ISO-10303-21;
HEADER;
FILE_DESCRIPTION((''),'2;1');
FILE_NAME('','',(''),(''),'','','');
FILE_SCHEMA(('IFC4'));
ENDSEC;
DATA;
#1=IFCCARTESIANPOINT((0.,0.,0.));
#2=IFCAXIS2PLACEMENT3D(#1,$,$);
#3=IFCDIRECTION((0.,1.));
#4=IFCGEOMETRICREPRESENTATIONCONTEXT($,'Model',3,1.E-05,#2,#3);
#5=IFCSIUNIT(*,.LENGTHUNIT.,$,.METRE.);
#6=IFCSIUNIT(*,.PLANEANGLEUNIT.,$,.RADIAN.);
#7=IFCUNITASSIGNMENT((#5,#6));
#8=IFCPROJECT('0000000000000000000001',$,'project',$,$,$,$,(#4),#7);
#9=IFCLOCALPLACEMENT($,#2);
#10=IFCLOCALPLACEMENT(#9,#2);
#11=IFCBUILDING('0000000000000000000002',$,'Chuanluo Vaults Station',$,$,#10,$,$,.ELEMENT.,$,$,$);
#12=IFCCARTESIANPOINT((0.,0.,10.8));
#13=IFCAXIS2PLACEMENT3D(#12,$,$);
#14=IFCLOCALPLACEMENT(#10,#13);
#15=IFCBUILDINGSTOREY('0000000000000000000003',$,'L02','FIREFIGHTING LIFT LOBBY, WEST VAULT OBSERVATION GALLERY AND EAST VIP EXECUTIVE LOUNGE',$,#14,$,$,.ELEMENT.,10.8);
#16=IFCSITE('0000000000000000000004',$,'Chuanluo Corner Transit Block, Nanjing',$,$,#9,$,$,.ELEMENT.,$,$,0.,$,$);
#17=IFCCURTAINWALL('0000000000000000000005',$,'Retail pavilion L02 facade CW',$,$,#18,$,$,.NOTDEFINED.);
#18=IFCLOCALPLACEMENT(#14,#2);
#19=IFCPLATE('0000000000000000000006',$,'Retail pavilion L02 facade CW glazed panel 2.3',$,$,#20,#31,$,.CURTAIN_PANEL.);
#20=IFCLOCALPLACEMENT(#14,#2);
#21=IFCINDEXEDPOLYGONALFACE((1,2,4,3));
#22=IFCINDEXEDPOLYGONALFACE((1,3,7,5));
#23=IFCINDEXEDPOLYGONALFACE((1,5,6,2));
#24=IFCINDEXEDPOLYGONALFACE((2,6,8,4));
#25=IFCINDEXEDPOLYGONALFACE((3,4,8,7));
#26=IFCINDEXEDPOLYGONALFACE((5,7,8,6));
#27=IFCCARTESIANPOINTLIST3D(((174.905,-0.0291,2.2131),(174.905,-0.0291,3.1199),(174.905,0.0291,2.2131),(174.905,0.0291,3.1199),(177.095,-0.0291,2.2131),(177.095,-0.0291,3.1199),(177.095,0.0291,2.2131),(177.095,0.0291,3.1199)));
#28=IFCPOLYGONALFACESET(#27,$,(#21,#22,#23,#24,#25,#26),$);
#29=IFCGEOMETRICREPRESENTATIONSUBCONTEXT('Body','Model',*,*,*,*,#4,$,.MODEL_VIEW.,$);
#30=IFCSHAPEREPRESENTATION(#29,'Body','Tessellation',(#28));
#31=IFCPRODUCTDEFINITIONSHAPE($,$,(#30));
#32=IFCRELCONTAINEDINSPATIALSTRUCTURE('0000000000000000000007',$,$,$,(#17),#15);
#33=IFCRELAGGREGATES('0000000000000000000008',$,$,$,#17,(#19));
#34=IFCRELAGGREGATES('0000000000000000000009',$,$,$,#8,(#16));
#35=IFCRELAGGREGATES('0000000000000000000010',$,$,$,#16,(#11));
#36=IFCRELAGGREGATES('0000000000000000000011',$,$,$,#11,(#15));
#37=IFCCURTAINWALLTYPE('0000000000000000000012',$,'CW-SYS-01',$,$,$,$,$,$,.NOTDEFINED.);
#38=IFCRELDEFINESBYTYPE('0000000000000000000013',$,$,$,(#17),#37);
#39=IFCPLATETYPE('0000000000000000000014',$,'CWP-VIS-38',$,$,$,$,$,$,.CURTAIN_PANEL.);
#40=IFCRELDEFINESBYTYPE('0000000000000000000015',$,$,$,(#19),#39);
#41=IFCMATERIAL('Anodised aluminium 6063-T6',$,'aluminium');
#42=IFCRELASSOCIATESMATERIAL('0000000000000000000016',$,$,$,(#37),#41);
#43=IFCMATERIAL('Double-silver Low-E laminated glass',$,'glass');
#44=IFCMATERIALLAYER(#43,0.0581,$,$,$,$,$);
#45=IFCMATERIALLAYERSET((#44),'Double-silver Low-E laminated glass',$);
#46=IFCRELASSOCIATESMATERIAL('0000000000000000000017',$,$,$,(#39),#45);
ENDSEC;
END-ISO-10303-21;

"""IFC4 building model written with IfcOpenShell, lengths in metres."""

from ifc_helpers import new_model, si_unit, direction, frame, origin, origin_2d, place, context, subcontext, project, spatial, rectangle, extrude, material, layer, layer_set, type_object, element, aggregate, save


model = new_model("IFC4")

# Units and contexts
model_context = context("Model", 3, precision=1e-05, world=origin(), true_north=direction((0.0, 1.0)))
body_context = subcontext(model_context, "Body", "Model", "MODEL_VIEW")
ifc_project = project(units=[si_unit("LENGTHUNIT", "METRE"), si_unit("PLANEANGLEUNIT", "RADIAN")], contexts=[model_context])

# Site, building, storey
site_placement = place(None, origin())
site = spatial("IfcSite", under=ifc_project, at=site_placement, Name="Chuanluo Corner Transit Block, Nanjing", CompositionType="ELEMENT", RefElevation=0.0)
building_placement = place(site_placement, origin())
building = spatial("IfcBuilding", under=site, at=building_placement, Name="Chuanluo Vaults Station", CompositionType="ELEMENT")
storey_placement = place(building_placement, frame((0.0, 0.0, 10.8)))
storey = spatial("IfcBuildingStorey", under=building, at=storey_placement, Name="L02", Description="FIREFIGHTING LIFT LOBBY, WEST VAULT OBSERVATION GALLERY AND EAST VIP EXECUTIVE LOUNGE", CompositionType="ELEMENT", Elevation=10.8)

# Curtain wall, plate
ifc_material_1 = material(Name="Anodised aluminium 6063-T6", Category="aluminium")
curtain_wall_type = type_object("IfcCurtainWallType", Name="CW-SYS-01", PredefinedType="NOTDEFINED", material=ifc_material_1)
curtain_wall_placement = place(storey_placement, origin())
curtain_wall = element("IfcCurtainWall", 1, at=curtain_wall_placement, inside=storey, type_object=curtain_wall_type, Name="Retail pavilion L02 facade CW", PredefinedType="NOTDEFINED")
ifc_material_2 = material(Name="Double-silver Low-E laminated glass", Category="glass")
ifc_layer_1 = layer(ifc_material_2, 0.0581)
ifc_layer_set_1 = layer_set([ifc_layer_1], Name="Double-silver Low-E laminated glass")
plate_type_1 = type_object("IfcPlateType", Name="CWP-VIS-38", PredefinedType="CURTAIN_PANEL", material=ifc_layer_set_1)
plate_1_placement = place(storey_placement, frame((176.0, 0.0, 2.2131), z_axis=(0.0, 0.0, 1.0), x_axis=(-1.0, 0.0, 0.0)))
plate_1 = element("IfcPlate", 2, at=plate_1_placement, type_object=plate_type_1, Name="Retail pavilion L02 facade CW glazed panel 2.3", PredefinedType="CURTAIN_PANEL", context=body_context, shape_type="SweptSolid", body=[
    extrude(rectangle(XDim=2.1899, YDim=0.0581, at=origin_2d()), origin(), (0.0, 0.0, 1.0), 0.9067),
])
aggregate(curtain_wall, [plate_1])

save(model, "model.ifc")
